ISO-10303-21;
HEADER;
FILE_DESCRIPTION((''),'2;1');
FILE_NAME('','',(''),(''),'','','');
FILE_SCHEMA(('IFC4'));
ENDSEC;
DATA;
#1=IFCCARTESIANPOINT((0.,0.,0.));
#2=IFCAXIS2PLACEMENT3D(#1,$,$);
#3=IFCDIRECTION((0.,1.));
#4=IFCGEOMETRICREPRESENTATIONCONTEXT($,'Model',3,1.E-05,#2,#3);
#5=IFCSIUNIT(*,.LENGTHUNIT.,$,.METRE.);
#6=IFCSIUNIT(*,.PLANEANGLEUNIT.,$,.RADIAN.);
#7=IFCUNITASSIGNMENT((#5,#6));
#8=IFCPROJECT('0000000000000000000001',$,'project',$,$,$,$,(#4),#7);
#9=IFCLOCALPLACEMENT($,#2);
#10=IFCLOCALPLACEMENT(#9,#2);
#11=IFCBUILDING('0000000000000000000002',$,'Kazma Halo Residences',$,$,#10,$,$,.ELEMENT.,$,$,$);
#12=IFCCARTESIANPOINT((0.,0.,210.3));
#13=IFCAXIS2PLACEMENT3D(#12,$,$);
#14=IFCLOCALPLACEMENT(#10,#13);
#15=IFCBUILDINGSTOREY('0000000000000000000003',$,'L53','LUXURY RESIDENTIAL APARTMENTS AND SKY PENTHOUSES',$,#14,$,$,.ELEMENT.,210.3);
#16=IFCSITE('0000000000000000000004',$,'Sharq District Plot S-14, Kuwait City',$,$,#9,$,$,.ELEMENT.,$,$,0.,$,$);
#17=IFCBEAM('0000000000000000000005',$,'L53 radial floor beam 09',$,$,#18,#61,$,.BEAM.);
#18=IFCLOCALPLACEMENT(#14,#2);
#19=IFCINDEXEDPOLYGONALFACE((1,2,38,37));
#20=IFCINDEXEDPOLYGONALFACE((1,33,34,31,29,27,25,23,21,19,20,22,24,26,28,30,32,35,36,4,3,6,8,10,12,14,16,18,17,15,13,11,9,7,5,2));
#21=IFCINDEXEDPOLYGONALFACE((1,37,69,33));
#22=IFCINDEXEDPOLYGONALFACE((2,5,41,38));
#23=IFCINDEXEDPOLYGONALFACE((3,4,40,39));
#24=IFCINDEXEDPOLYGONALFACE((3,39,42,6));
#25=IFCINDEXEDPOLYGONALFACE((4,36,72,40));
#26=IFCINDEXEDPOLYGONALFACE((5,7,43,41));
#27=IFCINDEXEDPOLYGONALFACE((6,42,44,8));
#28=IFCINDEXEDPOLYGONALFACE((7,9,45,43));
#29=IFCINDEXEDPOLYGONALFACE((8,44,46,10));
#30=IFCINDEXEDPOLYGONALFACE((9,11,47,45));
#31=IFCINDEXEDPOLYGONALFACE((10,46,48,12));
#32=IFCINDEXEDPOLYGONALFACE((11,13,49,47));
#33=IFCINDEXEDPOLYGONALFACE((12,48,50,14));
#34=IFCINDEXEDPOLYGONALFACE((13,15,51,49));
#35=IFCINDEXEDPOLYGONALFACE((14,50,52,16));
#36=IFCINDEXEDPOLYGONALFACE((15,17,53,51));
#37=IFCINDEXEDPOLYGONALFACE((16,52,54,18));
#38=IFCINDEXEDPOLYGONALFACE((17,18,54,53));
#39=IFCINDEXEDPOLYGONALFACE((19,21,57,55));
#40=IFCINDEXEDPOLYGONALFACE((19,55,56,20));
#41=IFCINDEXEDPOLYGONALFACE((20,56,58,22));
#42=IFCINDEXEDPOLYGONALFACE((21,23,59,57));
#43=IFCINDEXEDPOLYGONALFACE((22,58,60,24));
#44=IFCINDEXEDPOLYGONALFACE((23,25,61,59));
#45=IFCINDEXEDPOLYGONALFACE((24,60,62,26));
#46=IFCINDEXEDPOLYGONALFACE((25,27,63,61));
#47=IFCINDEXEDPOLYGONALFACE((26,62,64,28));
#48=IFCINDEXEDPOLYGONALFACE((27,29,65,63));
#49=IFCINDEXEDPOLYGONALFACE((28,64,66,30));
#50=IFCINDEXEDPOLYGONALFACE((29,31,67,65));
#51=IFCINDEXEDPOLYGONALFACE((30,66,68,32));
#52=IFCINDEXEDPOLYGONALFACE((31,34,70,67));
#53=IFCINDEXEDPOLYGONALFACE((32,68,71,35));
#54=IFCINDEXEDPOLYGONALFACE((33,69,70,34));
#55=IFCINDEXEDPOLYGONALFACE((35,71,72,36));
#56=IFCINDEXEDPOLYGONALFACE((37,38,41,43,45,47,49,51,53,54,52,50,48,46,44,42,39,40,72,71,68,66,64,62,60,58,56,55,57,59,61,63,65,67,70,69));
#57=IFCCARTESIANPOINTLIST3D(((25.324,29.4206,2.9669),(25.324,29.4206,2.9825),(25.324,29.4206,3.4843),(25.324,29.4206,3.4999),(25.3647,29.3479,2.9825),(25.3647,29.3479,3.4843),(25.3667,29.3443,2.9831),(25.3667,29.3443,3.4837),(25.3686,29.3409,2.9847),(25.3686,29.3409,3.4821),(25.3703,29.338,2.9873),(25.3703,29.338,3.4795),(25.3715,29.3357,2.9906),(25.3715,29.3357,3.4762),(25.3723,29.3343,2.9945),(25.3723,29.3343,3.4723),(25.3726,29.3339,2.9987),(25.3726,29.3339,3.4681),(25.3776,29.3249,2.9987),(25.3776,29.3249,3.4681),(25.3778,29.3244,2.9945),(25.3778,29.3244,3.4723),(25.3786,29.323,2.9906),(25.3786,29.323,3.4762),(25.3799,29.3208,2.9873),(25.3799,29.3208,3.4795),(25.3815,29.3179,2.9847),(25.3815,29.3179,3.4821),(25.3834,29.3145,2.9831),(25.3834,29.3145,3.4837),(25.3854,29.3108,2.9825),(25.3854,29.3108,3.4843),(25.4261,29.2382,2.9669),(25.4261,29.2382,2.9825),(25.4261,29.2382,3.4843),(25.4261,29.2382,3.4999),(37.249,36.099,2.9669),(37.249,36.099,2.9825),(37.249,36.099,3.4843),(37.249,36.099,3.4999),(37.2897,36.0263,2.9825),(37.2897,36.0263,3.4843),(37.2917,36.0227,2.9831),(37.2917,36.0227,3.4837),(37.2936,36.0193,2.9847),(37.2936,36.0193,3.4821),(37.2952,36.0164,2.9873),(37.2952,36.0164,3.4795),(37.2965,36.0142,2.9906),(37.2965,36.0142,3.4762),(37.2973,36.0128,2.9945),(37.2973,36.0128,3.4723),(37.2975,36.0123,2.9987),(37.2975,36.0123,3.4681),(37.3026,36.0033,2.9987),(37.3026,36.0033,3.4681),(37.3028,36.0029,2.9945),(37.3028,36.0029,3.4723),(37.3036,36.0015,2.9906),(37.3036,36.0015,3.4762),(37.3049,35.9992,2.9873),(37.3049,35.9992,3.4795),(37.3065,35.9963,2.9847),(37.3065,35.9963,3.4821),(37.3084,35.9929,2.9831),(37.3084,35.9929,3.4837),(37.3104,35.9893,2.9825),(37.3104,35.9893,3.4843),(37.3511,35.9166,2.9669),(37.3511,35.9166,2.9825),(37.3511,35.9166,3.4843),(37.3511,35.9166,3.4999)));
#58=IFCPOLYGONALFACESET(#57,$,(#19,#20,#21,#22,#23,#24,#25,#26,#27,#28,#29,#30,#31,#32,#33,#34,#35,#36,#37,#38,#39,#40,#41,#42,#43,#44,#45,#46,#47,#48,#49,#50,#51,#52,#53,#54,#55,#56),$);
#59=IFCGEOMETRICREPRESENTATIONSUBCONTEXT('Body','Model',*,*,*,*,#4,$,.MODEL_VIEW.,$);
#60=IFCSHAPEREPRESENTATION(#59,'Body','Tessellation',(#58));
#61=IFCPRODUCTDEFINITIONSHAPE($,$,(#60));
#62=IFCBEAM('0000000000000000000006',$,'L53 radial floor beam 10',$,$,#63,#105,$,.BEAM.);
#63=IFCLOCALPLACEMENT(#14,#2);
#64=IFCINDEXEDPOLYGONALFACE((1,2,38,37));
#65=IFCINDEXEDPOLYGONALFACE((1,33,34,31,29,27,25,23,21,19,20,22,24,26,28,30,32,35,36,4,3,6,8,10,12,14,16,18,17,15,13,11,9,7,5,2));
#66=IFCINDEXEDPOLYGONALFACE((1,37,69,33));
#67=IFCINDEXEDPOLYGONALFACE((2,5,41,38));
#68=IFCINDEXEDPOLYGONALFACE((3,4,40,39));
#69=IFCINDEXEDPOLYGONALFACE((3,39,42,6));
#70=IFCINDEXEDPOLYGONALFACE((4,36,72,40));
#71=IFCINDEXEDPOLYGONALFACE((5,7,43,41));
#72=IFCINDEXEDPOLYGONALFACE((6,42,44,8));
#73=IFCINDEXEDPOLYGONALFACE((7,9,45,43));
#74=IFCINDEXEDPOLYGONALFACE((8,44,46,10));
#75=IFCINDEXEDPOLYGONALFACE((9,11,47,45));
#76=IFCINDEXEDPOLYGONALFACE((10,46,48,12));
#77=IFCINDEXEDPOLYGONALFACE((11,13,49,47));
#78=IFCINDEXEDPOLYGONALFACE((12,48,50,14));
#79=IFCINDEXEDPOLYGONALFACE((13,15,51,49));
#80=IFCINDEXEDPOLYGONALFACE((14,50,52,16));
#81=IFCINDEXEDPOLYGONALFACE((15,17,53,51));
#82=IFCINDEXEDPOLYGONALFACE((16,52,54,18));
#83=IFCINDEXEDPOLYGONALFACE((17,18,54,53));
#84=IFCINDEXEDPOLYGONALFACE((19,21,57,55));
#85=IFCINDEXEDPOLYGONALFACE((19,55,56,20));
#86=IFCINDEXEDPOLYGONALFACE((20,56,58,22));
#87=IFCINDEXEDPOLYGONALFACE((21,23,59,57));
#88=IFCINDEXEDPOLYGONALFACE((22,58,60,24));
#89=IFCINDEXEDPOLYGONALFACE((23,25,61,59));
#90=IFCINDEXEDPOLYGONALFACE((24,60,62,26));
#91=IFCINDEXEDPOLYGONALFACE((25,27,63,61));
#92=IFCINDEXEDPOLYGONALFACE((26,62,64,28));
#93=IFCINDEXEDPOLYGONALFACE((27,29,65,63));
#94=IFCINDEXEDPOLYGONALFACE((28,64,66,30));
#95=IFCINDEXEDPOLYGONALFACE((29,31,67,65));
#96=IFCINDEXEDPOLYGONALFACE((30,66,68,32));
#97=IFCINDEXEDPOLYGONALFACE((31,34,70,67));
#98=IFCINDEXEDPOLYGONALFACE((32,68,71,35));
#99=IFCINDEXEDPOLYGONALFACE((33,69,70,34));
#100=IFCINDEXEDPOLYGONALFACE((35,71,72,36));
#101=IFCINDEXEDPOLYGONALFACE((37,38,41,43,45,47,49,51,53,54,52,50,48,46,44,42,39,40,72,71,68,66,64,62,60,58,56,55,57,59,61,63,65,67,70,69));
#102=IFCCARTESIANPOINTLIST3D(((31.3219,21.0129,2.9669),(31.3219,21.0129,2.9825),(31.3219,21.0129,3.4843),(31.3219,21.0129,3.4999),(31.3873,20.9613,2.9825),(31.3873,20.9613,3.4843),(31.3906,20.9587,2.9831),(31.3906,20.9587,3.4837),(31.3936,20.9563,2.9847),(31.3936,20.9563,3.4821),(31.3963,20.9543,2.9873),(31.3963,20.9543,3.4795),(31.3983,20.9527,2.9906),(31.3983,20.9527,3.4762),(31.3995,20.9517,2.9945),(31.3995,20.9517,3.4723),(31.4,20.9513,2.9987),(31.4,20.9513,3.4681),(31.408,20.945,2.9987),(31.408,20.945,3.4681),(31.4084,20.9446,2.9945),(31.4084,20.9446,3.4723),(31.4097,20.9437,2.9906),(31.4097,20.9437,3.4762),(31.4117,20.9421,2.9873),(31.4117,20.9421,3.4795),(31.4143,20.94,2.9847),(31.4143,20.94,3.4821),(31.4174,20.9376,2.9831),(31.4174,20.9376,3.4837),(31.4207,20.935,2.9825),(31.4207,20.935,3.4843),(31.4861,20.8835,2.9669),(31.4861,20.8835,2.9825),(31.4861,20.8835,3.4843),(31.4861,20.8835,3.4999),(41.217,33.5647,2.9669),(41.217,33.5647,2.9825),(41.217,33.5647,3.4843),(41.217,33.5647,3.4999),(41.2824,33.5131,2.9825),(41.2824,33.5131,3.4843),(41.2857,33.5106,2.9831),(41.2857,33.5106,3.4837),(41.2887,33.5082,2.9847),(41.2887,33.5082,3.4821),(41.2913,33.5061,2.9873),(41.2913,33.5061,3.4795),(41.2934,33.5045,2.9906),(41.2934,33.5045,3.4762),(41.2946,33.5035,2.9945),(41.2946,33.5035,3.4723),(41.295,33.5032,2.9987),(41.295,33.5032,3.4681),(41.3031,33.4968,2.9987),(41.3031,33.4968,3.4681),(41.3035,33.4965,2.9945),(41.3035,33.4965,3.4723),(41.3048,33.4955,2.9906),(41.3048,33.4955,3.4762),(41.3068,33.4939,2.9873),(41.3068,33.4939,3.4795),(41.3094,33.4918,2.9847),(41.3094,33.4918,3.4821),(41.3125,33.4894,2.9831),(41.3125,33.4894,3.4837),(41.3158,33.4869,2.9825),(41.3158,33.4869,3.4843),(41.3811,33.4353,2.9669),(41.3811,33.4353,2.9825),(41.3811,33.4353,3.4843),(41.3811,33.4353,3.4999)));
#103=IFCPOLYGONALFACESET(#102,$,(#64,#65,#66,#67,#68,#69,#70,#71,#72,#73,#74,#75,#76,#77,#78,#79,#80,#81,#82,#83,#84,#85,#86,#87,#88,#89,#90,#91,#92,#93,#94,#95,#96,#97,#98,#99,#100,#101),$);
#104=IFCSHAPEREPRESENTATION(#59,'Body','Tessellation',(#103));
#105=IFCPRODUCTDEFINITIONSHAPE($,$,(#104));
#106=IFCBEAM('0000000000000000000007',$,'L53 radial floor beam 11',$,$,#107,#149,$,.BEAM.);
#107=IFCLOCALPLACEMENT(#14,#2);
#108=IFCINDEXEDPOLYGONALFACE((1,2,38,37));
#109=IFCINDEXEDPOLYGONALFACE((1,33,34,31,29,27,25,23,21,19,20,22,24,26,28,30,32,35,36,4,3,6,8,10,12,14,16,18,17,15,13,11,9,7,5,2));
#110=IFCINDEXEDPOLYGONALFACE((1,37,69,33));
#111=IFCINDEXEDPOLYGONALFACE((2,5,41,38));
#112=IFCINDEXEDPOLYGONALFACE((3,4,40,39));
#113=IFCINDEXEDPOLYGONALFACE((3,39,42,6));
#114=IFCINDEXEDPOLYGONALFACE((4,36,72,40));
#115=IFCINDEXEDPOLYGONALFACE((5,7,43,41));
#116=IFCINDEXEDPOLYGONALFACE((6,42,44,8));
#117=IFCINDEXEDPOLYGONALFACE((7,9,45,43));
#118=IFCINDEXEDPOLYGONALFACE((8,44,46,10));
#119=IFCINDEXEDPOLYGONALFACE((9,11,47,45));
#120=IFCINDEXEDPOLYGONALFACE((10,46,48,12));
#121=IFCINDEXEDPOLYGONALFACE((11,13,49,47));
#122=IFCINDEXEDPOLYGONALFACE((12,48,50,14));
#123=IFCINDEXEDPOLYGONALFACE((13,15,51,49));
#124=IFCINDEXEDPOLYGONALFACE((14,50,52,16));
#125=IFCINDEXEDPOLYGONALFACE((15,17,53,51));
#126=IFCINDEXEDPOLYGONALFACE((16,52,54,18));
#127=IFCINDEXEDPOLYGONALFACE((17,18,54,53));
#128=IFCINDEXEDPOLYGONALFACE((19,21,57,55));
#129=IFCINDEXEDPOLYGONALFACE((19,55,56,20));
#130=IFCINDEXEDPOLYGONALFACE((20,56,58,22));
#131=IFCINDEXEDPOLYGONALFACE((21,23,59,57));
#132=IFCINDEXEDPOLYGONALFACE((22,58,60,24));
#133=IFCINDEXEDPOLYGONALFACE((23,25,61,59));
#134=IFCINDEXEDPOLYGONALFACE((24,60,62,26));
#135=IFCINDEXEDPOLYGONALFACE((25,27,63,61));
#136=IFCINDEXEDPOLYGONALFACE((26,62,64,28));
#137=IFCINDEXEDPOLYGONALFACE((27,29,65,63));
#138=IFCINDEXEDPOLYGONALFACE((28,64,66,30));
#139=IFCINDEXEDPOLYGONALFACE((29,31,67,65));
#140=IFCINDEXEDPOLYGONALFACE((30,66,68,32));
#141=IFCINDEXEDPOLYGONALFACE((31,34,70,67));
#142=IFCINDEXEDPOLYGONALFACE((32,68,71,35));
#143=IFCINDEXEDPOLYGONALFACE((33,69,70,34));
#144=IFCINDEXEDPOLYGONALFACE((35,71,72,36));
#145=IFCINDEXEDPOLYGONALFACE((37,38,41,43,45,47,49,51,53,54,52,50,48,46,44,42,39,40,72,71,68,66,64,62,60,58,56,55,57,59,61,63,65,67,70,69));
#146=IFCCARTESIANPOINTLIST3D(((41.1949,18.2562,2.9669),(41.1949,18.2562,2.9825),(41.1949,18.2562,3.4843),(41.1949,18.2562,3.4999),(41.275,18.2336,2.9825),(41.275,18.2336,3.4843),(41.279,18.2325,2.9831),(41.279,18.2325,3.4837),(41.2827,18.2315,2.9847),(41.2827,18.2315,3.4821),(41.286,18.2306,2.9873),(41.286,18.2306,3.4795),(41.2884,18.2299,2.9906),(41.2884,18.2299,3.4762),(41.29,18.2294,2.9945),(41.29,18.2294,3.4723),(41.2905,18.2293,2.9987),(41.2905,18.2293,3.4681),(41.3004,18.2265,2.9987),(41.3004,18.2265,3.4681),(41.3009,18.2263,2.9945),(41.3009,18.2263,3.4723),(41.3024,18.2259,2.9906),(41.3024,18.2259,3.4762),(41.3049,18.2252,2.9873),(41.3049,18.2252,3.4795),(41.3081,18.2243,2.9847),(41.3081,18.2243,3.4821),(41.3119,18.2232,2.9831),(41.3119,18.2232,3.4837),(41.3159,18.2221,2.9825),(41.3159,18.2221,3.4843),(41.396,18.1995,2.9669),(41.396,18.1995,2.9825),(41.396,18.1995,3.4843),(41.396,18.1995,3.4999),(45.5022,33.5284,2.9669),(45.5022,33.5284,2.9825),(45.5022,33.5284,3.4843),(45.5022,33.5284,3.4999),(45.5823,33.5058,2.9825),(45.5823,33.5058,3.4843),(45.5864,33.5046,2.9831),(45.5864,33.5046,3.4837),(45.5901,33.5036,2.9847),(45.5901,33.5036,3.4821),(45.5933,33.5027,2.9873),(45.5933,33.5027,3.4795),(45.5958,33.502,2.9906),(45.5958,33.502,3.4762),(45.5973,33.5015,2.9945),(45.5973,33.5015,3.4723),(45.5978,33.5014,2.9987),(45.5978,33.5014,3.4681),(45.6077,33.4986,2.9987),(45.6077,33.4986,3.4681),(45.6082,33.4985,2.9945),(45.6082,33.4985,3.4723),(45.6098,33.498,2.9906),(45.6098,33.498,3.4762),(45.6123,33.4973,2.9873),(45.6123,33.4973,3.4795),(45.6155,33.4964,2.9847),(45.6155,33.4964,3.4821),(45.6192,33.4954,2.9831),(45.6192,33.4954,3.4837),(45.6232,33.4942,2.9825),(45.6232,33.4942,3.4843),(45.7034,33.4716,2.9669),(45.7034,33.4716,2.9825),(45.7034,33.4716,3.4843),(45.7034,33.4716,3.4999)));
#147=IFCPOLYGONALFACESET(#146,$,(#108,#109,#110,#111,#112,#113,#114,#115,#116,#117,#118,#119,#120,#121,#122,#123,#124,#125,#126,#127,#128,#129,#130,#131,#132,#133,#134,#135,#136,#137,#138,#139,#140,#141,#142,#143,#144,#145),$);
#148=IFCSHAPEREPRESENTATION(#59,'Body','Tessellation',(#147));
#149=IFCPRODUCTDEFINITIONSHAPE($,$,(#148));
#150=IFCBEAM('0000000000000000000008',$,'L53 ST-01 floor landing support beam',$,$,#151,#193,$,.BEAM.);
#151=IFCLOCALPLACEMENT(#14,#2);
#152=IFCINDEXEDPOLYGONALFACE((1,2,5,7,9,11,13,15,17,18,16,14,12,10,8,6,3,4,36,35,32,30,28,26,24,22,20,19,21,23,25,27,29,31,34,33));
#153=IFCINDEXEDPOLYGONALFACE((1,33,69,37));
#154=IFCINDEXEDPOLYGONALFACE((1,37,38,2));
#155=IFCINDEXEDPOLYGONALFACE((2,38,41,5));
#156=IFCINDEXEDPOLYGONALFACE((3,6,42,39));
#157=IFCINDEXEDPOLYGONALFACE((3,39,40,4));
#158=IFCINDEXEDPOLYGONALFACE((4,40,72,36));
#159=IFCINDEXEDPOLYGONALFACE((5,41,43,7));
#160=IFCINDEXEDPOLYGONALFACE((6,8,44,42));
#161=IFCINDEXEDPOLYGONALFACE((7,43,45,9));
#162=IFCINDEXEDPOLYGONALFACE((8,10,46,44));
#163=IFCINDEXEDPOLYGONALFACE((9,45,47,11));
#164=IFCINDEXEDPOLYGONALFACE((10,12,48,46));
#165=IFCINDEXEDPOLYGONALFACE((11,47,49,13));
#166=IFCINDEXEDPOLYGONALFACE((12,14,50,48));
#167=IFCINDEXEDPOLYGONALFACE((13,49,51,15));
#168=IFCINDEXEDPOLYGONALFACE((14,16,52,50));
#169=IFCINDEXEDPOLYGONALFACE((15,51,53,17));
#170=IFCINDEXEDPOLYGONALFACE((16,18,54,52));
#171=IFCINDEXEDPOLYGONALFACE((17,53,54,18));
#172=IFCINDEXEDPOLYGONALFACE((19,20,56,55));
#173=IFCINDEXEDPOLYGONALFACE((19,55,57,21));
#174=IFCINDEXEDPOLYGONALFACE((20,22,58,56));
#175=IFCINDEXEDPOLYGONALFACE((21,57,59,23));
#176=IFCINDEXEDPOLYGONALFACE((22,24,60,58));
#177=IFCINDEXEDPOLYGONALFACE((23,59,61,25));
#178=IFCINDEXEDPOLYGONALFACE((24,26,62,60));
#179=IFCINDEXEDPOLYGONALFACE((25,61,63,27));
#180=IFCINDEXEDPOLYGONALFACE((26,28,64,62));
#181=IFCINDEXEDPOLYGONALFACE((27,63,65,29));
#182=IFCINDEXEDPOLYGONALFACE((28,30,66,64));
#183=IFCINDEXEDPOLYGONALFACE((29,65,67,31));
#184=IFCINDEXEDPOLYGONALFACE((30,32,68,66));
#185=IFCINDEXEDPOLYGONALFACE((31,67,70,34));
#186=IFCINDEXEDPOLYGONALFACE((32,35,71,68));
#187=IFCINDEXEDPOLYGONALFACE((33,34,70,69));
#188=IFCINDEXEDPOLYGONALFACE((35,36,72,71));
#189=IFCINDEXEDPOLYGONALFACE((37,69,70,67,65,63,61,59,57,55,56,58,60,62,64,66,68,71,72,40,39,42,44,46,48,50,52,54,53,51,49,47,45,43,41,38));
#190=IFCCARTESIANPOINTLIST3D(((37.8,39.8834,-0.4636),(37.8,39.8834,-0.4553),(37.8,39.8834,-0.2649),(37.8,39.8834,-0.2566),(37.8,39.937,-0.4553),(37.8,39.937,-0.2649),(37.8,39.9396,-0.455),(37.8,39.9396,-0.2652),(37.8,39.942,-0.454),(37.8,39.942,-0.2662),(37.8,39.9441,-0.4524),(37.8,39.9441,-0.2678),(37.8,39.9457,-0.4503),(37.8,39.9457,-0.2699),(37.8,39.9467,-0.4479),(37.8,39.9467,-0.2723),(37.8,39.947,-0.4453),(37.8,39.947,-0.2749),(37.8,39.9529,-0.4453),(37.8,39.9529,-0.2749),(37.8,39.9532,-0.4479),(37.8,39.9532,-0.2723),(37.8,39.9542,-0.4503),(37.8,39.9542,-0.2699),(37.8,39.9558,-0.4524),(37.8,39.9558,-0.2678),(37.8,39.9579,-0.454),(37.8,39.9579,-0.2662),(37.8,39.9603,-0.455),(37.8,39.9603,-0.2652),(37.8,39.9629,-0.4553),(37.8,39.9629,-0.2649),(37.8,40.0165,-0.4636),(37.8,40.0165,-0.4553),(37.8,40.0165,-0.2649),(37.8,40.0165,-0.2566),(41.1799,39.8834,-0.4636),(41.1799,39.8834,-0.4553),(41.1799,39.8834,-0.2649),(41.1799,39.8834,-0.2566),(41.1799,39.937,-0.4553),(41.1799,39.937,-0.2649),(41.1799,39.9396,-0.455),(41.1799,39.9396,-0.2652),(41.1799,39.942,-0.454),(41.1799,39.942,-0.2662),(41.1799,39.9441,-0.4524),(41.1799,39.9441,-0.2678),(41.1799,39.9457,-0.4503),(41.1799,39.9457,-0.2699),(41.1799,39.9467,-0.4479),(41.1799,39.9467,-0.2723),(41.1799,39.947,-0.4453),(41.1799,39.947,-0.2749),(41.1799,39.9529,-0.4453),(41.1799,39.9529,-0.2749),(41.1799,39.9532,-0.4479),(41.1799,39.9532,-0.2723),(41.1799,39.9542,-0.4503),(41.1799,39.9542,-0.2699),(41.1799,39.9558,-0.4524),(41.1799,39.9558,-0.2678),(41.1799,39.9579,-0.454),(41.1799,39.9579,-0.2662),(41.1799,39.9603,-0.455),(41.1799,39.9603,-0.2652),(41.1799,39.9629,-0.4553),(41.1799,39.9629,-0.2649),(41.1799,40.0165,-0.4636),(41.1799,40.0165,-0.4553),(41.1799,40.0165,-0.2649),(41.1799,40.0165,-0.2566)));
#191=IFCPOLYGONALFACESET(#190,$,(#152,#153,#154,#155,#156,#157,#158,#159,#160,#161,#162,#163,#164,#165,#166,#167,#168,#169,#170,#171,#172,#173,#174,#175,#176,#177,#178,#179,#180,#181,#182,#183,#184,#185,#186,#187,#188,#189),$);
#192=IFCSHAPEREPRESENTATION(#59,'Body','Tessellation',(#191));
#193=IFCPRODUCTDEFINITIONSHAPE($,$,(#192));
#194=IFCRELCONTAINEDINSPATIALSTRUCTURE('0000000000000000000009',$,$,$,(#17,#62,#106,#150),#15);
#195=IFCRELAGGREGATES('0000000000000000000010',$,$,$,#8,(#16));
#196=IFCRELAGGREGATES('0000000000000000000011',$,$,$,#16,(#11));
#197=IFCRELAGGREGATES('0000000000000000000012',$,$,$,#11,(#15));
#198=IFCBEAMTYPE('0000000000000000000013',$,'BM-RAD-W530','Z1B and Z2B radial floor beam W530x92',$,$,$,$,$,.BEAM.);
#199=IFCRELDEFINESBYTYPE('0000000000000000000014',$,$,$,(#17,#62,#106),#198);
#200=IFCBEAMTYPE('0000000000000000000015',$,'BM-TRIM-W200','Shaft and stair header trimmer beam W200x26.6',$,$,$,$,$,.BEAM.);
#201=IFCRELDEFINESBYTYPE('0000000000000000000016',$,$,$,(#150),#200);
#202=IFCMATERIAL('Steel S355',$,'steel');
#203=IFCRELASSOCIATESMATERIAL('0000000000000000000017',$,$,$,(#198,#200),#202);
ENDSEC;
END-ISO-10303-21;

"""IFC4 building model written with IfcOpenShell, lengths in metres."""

from ifc_helpers import new_model, si_unit, direction, frame, origin, origin_2d, place, context, subcontext, project, spatial, i_section, extrude, material, material_profile, profile_set, type_object, element, save


model = new_model("IFC4")

# Units and contexts
model_context = context("Model", 3, precision=1e-05, world=origin(), true_north=direction((0.0, 1.0)))
body_context = subcontext(model_context, "Body", "Model", "MODEL_VIEW")
ifc_project = project(units=[si_unit("LENGTHUNIT", "METRE"), si_unit("PLANEANGLEUNIT", "RADIAN")], contexts=[model_context])

# Site, building, storey
site_placement = place(None, origin())
site = spatial("IfcSite", under=ifc_project, at=site_placement, Name="Sharq District Plot S-14, Kuwait City", CompositionType="ELEMENT", RefElevation=0.0)
building_placement = place(site_placement, origin())
building = spatial("IfcBuilding", under=site, at=building_placement, Name="Kazma Halo Residences", CompositionType="ELEMENT")
storey_placement = place(building_placement, frame((0.0, 0.0, 210.3)))
storey = spatial("IfcBuildingStorey", under=building, at=storey_placement, Name="L53", Description="LUXURY RESIDENTIAL APARTMENTS AND SKY PENTHOUSES", CompositionType="ELEMENT", Elevation=210.3)

# Beams
ifc_material_1 = material(Name="Steel S355", Category="steel")
ifc_material_profile_1 = material_profile(ifc_material_1, i_section(OverallWidth=0.209, OverallDepth=0.533, WebThickness=0.0103, FlangeThickness=0.0156, FilletRadius=0.0161, at=origin_2d()), Name="W530x92")
ifc_profile_set_1 = profile_set([ifc_material_profile_1], Name="Steel S355")
beam_type_1 = type_object("IfcBeamType", Name="BM-RAD-W530", Description="Z1B and Z2B radial floor beam W530x92", PredefinedType="BEAM", material=ifc_profile_set_1)
beam_1_placement = place(storey_placement, frame((37.3, 36.0078, 3.2334), z_axis=(-0.872492, -0.488628, 0.0), x_axis=(0.488628, -0.872492, 0.0)))
element("IfcBeam", 1, at=beam_1_placement, inside=storey, type_object=beam_type_1, Name="L53 radial floor beam 09", PredefinedType="BEAM", context=body_context, shape_type="SweptSolid", body=[
    extrude(i_section(OverallWidth=0.209, OverallDepth=0.533, WebThickness=0.0103, FlangeThickness=0.0156, FilletRadius=0.0161, at=origin_2d()), origin(), (0.0, 0.0, 1.0), 13.6677),
])
beam_2_placement = place(storey_placement, frame((41.2991, 33.5, 3.2334), z_axis=(-0.619094, -0.785317, 0.0), x_axis=(0.785317, -0.619094, 0.0)))
element("IfcBeam", 2, at=beam_2_placement, inside=storey, type_object=beam_type_1, Name="L53 radial floor beam 10", PredefinedType="BEAM", context=body_context, shape_type="SweptSolid", body=[
    extrude(i_section(OverallWidth=0.209, OverallDepth=0.533, WebThickness=0.0103, FlangeThickness=0.0156, FilletRadius=0.0161, at=origin_2d()), origin(), (0.0, 0.0, 1.0), 15.9832),
])
beam_3_placement = place(storey_placement, frame((45.6028, 33.5, 3.2334), z_axis=(-0.27145, -0.962453, 0.0), x_axis=(0.962453, -0.27145, 0.0)))
element("IfcBeam", 3, at=beam_3_placement, inside=storey, type_object=beam_type_1, Name="L53 radial floor beam 11", PredefinedType="BEAM", context=body_context, shape_type="SweptSolid", body=[
    extrude(i_section(OverallWidth=0.209, OverallDepth=0.533, WebThickness=0.0103, FlangeThickness=0.0156, FilletRadius=0.0161, at=origin_2d()), origin(), (0.0, 0.0, 1.0), 15.8679),
])
ifc_material_profile_2 = material_profile(ifc_material_1, i_section(OverallWidth=0.1331, OverallDepth=0.207, WebThickness=0.0059, FlangeThickness=0.0083, FilletRadius=0.01, at=origin_2d()), Name="W200x26.6")
ifc_profile_set_2 = profile_set([ifc_material_profile_2], Name="Steel S355")
beam_type_2 = type_object("IfcBeamType", Name="BM-TRIM-W200", Description="Shaft and stair header trimmer beam W200x26.6", PredefinedType="BEAM", material=ifc_profile_set_2)
beam_4_placement = place(storey_placement, frame((37.8, 39.95, -0.3601), z_axis=(1.0, 0.0, 0.0), x_axis=(0.0, 1.0, 0.0)))
element("IfcBeam", 4, at=beam_4_placement, inside=storey, type_object=beam_type_2, Name="L53 ST-01 floor landing support beam", PredefinedType="BEAM", context=body_context, shape_type="SweptSolid", body=[
    extrude(i_section(OverallWidth=0.1331, OverallDepth=0.207, WebThickness=0.0059, FlangeThickness=0.0083, FilletRadius=0.01, at=origin_2d()), origin(), (0.0, 0.0, 1.0), 3.3799),
])

save(model, "model.ifc")
